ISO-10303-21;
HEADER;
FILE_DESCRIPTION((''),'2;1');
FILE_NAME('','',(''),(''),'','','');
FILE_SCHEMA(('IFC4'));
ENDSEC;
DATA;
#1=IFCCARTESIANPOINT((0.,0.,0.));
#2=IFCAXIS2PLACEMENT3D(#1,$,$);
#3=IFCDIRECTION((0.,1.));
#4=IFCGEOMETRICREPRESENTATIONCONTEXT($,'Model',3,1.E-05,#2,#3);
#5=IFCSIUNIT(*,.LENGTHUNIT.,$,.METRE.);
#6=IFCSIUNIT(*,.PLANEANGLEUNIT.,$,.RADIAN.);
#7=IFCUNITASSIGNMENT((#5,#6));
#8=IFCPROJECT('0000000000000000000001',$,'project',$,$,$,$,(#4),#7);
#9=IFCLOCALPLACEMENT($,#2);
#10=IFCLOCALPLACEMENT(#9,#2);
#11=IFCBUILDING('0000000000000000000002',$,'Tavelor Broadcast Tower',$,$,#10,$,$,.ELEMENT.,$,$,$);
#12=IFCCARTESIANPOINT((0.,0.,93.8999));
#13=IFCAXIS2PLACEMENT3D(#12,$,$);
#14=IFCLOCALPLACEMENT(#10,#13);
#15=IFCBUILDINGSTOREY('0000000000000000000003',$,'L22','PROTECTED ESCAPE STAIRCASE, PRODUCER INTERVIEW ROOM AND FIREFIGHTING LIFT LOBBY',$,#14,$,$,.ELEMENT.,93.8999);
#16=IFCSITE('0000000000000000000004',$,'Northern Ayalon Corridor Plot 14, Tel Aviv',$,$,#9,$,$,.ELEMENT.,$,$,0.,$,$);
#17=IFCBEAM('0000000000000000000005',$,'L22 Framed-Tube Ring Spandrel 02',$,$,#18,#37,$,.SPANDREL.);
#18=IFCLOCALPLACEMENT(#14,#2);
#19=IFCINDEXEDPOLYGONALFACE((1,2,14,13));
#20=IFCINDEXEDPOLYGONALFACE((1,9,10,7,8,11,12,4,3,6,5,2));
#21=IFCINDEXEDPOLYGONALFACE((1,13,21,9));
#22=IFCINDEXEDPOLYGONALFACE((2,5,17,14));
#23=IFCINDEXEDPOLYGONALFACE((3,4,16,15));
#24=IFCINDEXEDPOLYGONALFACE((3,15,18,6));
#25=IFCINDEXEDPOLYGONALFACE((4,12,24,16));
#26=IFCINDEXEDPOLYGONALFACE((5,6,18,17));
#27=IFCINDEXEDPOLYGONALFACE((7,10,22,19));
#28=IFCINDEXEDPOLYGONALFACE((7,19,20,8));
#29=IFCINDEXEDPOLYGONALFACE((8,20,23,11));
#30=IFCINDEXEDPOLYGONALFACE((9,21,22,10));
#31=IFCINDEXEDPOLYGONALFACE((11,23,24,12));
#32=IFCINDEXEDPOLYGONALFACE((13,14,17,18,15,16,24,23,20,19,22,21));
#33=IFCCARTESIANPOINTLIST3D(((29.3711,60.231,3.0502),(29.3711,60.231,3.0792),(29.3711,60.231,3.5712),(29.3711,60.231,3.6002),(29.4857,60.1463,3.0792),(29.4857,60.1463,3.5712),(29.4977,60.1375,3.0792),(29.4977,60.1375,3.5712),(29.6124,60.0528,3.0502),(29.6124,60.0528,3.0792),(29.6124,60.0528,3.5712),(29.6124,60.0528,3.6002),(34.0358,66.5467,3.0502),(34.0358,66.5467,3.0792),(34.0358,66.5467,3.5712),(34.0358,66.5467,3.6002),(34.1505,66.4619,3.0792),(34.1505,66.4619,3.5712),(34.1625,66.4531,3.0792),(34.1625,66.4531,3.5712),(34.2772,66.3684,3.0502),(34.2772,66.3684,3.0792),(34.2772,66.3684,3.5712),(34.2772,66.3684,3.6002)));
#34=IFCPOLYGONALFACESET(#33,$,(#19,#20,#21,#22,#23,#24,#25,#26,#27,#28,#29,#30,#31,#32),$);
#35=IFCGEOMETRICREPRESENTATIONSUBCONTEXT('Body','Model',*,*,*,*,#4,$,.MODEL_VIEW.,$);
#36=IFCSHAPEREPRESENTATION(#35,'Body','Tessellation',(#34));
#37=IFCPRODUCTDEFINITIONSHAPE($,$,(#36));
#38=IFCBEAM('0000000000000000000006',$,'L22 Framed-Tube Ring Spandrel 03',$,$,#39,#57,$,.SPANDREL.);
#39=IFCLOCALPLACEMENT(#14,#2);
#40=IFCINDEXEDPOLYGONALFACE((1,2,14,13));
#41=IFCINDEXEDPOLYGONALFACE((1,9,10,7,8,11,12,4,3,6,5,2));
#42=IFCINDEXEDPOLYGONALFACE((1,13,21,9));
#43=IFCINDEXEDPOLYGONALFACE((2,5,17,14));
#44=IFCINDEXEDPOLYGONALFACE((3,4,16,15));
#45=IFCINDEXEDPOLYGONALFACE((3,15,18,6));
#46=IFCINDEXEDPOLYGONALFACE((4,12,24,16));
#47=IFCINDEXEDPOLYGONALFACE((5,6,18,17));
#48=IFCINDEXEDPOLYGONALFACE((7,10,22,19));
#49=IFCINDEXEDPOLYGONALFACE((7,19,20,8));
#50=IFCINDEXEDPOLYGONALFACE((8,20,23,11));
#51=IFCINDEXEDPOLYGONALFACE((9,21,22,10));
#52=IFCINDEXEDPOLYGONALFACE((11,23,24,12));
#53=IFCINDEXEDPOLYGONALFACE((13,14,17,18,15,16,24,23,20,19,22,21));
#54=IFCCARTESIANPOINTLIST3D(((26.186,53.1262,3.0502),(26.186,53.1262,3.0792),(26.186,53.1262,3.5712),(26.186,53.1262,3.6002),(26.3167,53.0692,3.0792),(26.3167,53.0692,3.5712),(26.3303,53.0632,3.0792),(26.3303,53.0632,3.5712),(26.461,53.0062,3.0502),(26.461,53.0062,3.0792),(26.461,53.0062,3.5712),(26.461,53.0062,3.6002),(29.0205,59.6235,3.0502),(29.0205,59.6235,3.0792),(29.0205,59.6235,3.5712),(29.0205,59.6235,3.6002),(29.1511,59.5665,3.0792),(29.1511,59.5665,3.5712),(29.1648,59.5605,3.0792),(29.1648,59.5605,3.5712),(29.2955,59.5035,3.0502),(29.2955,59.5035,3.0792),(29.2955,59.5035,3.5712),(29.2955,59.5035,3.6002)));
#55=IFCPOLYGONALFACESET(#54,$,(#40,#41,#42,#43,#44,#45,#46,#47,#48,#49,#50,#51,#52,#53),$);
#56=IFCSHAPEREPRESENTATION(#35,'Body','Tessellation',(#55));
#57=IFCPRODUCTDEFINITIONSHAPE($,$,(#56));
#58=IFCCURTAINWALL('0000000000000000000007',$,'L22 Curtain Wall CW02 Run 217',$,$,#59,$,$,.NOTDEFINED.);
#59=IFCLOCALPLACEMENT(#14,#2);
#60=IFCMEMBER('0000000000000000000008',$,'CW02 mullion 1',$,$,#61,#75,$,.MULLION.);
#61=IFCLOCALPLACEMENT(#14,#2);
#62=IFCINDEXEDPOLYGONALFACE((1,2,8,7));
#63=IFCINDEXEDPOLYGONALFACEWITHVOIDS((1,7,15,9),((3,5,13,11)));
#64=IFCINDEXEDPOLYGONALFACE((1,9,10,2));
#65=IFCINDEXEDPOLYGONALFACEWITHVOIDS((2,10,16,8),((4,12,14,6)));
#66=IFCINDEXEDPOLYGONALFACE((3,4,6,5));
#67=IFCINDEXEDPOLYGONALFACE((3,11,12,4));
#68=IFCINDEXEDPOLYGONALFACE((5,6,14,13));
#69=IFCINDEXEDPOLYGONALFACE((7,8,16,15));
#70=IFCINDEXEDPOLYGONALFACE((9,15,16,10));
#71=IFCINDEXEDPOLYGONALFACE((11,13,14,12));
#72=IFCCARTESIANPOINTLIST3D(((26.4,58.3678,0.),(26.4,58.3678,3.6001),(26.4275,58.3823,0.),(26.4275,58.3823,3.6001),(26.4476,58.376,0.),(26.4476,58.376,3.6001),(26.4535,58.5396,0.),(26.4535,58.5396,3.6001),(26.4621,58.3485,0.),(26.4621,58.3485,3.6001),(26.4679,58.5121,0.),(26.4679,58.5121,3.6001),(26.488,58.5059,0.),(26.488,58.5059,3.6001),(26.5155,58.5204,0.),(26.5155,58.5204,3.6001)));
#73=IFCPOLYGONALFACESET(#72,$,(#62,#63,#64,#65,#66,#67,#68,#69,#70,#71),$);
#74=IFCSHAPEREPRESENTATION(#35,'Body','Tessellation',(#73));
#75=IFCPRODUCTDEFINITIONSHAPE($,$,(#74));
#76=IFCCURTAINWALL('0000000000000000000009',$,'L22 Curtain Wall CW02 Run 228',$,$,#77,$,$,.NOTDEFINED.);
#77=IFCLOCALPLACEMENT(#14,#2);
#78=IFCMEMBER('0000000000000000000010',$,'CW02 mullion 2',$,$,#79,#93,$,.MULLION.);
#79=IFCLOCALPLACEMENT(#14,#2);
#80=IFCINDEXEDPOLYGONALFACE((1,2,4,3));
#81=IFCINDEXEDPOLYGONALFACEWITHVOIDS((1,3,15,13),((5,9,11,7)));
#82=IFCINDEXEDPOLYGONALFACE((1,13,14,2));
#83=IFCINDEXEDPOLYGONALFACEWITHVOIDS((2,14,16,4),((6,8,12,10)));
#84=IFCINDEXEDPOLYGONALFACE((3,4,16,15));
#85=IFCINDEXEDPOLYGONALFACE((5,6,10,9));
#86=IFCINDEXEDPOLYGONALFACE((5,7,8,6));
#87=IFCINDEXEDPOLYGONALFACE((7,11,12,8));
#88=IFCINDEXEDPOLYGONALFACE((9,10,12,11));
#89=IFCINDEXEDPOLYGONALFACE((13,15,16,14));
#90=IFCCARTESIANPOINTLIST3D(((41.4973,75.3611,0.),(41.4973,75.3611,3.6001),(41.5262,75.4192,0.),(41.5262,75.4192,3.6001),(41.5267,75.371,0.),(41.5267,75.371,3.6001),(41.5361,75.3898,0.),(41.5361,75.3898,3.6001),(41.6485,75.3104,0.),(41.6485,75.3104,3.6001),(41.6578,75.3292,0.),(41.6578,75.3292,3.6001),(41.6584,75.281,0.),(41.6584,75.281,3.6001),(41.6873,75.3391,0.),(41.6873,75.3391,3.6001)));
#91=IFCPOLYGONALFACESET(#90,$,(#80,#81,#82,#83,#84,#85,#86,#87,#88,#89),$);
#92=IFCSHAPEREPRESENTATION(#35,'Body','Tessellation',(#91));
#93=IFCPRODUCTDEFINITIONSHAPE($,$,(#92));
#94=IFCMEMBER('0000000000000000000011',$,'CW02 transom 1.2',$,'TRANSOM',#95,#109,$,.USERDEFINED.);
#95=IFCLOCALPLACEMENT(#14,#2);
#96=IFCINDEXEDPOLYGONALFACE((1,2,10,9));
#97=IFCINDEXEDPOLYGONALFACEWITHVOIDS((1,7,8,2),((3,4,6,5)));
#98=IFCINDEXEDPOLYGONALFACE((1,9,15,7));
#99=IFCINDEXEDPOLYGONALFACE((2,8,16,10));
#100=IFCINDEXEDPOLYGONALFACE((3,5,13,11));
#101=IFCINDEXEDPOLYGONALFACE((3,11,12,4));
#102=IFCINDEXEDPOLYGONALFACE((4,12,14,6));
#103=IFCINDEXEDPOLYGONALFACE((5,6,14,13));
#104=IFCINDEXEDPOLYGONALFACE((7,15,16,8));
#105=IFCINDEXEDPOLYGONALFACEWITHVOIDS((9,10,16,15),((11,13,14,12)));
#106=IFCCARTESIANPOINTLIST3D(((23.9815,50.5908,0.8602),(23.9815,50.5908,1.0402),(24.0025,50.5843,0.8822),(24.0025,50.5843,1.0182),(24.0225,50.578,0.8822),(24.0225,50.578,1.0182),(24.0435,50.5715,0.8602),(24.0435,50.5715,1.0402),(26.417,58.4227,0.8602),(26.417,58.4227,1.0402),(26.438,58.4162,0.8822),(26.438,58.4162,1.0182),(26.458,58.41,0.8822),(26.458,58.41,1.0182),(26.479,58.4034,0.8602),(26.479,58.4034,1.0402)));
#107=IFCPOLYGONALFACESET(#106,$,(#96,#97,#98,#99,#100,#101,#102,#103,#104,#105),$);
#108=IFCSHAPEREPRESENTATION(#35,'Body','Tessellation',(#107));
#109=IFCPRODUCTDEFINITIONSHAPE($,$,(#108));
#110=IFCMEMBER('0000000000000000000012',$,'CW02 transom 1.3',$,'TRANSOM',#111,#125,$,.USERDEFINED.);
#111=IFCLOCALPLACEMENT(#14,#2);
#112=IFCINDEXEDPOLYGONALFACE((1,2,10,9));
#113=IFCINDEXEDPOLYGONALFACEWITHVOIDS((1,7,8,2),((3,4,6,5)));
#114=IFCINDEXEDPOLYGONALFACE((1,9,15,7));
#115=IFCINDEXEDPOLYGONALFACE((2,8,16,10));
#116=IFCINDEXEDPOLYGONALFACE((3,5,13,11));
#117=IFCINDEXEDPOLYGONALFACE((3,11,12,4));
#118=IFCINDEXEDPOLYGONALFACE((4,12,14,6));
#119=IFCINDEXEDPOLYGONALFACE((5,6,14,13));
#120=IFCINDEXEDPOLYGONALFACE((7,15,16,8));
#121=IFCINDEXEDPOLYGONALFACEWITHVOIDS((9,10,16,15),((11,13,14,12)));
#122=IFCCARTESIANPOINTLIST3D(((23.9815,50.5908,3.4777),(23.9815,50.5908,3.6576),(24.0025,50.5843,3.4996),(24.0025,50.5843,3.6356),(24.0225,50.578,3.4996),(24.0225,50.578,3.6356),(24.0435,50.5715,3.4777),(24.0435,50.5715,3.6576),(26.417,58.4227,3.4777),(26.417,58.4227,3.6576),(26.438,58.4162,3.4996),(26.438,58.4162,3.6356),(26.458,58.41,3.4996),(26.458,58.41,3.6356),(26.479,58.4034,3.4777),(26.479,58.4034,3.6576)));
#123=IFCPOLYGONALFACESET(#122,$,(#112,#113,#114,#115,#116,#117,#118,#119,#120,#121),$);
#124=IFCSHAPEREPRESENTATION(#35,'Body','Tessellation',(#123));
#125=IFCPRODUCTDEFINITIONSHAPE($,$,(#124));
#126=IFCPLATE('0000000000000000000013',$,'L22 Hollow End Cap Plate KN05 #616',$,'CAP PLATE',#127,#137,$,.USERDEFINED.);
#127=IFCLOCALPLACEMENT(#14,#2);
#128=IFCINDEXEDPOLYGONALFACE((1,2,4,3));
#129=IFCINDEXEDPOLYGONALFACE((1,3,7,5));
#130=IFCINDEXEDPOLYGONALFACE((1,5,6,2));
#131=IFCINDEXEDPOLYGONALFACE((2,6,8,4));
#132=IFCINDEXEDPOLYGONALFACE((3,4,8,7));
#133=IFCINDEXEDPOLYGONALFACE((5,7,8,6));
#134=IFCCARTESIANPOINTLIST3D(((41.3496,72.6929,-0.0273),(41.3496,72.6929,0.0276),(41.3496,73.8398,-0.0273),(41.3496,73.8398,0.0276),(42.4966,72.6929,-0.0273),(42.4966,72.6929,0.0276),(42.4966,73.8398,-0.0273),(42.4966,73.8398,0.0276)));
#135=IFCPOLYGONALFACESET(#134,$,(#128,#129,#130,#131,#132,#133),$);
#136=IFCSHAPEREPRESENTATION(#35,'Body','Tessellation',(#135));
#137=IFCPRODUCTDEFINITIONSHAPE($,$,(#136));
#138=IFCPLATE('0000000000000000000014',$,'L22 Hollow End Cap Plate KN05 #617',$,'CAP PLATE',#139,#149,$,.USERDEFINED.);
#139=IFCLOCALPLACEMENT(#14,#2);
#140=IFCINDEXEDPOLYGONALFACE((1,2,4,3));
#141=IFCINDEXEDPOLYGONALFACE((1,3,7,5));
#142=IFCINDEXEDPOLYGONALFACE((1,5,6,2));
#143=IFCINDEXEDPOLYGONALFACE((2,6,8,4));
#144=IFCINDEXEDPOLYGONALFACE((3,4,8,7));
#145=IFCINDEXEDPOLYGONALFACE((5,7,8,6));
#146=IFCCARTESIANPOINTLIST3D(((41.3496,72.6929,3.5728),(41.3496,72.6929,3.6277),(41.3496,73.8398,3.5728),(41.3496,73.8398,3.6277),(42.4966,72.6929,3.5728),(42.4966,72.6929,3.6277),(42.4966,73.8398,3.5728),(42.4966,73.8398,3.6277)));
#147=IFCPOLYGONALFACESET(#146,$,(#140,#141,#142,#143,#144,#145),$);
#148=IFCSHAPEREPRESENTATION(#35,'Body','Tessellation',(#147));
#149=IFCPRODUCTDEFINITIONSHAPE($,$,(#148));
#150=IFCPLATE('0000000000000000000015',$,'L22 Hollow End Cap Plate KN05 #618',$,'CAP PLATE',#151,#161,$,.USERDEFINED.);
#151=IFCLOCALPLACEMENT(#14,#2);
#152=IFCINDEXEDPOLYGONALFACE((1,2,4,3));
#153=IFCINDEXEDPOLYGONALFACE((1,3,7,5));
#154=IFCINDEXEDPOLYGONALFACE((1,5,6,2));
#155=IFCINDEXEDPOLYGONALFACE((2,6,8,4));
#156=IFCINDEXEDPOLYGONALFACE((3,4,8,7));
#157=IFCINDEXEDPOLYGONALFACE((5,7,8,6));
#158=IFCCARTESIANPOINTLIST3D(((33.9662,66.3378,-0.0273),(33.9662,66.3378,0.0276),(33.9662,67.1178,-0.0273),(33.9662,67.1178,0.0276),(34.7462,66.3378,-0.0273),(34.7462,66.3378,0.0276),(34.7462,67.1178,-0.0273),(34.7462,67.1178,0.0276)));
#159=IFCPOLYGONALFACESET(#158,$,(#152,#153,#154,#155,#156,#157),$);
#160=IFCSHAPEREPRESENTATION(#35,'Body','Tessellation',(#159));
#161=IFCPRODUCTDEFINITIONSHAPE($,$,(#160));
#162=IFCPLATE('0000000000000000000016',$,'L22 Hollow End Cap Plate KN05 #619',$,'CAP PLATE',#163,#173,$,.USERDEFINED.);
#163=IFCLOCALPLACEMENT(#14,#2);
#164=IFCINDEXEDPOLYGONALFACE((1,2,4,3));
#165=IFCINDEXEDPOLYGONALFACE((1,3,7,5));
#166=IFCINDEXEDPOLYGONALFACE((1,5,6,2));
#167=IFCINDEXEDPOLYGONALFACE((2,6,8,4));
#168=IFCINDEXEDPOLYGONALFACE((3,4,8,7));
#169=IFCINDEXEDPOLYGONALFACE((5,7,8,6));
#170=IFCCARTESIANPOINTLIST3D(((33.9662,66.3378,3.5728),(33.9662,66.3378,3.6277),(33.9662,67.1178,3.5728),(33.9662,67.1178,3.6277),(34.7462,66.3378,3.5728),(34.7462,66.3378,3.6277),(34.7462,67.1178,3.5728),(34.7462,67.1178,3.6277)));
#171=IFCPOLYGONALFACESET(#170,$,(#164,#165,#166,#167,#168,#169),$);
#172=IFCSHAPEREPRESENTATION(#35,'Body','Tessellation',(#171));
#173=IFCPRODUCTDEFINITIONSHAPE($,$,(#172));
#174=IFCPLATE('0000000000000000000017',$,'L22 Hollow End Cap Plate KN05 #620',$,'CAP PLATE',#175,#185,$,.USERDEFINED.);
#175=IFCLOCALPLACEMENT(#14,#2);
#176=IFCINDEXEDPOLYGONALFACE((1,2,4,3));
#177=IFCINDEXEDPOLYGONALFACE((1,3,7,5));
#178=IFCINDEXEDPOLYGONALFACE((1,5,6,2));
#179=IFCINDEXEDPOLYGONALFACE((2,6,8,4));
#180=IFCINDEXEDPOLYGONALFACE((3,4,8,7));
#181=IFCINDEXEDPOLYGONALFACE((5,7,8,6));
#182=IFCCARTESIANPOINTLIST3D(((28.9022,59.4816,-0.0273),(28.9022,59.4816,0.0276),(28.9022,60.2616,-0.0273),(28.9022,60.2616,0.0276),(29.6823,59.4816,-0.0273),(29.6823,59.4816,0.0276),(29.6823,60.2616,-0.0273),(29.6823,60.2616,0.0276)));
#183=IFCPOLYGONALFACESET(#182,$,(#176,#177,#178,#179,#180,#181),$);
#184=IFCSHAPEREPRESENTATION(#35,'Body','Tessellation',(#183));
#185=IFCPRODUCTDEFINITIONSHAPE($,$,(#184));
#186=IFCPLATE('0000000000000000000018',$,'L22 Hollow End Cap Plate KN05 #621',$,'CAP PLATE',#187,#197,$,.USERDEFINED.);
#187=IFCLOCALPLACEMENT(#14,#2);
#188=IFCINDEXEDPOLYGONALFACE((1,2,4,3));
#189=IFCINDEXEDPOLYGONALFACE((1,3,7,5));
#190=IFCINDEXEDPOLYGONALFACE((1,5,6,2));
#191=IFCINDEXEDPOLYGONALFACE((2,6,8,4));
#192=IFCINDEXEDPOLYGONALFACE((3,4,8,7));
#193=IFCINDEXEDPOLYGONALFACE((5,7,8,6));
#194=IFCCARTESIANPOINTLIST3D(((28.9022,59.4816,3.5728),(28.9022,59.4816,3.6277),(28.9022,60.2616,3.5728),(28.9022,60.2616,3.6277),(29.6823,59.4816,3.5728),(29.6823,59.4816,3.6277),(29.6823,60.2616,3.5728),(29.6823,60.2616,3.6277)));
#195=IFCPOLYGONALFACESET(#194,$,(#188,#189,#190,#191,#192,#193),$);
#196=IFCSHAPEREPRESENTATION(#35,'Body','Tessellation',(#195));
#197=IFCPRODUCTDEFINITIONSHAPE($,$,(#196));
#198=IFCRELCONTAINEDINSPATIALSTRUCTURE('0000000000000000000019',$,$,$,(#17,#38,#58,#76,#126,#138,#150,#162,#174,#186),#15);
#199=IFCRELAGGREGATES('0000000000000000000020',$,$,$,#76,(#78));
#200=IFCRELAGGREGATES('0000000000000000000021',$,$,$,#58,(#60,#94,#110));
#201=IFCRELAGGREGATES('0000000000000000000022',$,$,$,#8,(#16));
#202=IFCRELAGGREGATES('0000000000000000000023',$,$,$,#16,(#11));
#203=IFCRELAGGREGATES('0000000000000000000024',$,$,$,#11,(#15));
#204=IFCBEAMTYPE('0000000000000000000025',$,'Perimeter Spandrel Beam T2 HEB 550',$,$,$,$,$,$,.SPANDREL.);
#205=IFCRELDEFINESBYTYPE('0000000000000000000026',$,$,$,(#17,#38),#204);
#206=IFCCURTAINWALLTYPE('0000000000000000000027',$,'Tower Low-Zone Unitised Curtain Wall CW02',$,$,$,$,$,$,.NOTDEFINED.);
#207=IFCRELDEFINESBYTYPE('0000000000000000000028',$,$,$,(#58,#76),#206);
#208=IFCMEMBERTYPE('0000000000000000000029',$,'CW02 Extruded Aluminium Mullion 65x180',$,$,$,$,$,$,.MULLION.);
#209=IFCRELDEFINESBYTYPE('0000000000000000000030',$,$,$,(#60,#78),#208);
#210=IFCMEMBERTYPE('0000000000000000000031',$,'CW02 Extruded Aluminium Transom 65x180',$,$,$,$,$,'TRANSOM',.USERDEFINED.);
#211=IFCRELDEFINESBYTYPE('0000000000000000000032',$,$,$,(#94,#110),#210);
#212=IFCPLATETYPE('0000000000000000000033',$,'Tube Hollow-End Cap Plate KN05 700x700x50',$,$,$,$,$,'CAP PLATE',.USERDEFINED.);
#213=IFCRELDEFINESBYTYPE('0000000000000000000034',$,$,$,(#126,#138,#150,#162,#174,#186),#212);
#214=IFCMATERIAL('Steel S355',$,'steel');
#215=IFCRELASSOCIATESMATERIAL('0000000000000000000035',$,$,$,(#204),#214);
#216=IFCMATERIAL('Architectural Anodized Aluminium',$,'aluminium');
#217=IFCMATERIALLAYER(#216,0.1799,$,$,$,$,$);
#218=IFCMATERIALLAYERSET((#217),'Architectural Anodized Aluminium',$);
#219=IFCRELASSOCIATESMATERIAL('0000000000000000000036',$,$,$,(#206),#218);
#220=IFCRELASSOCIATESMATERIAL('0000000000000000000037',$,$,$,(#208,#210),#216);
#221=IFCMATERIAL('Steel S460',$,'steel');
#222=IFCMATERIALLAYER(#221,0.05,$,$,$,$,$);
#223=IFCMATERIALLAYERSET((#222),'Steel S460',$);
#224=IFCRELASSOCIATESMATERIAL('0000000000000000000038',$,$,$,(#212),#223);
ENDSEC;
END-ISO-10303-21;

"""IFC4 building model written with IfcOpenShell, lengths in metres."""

from ifc_helpers import new_model, si_unit, direction, frame, origin, origin_2d, place, context, subcontext, project, spatial, rectangle, hollow_rectangle, i_section, extrude, source, transform, mapped, material, layer, layer_set, material_profile, profile_set, type_object, type_shapes, element, aggregate, save


model = new_model("IFC4")

# Units and contexts
model_context = context("Model", 3, precision=1e-05, world=origin(), true_north=direction((0.0, 1.0)))
body_context = subcontext(model_context, "Body", "Model", "MODEL_VIEW")
ifc_project = project(units=[si_unit("LENGTHUNIT", "METRE"), si_unit("PLANEANGLEUNIT", "RADIAN")], contexts=[model_context])

# Site, building, storey
site_placement = place(None, origin())
site = spatial("IfcSite", under=ifc_project, at=site_placement, Name="Northern Ayalon Corridor Plot 14, Tel Aviv", CompositionType="ELEMENT", RefElevation=0.0)
building_placement = place(site_placement, origin())
building = spatial("IfcBuilding", under=site, at=building_placement, Name="Tavelor Broadcast Tower", CompositionType="ELEMENT")
storey_placement = place(building_placement, frame((0.0, 0.0, 93.8999)))
storey = spatial("IfcBuildingStorey", under=building, at=storey_placement, Name="L22", Description="PROTECTED ESCAPE STAIRCASE, PRODUCER INTERVIEW ROOM AND FIREFIGHTING LIFT LOBBY", CompositionType="ELEMENT", Elevation=93.8999)

# Shared definitions
ifc_material_1 = material(Name="Steel S460", Category="steel")

# Beams
ifc_material_2 = material(Name="Steel S355", Category="steel")
ifc_material_profile_1 = material_profile(ifc_material_2, i_section(OverallWidth=0.3, OverallDepth=0.55, WebThickness=0.0149, FlangeThickness=0.0291, at=origin_2d()), Name="HEB 550")
ifc_profile_set_1 = profile_set([ifc_material_profile_1], Name="Steel S355")
beam_type_1 = type_object("IfcBeamType", Name="Perimeter Spandrel Beam T2 HEB 550", PredefinedType="SPANDREL", material=ifc_profile_set_1)
beam_1_placement = place(storey_placement, frame((34.1565, 66.4575, 3.3252), z_axis=(-0.594118, -0.804378, 0.0), x_axis=(0.804378, -0.594118, 0.0)))
element("IfcBeam", 1, at=beam_1_placement, inside=storey, type_object=beam_type_1, Name="L22 Framed-Tube Ring Spandrel 02", PredefinedType="SPANDREL", context=body_context, shape_type="SweptSolid", body=[
    extrude(i_section(OverallWidth=0.3, OverallDepth=0.55, WebThickness=0.0149, FlangeThickness=0.0291, at=origin_2d()), origin(), (0.0, 0.0, 1.0), 7.8516),
])
beam_2_placement = place(storey_placement, frame((29.158, 59.5635, 3.3252), z_axis=(-0.399859, -0.916577, 0.0), x_axis=(0.916577, -0.399859, 0.0)))
element("IfcBeam", 2, at=beam_2_placement, inside=storey, type_object=beam_type_1, Name="L22 Framed-Tube Ring Spandrel 03", PredefinedType="SPANDREL", context=body_context, shape_type="SweptSolid", body=[
    extrude(i_section(OverallWidth=0.3, OverallDepth=0.55, WebThickness=0.0149, FlangeThickness=0.0291, at=origin_2d()), origin(), (0.0, 0.0, 1.0), 7.0886),
])

# Curtain walls, members
ifc_material_3 = material(Name="Architectural Anodized Aluminium", Category="aluminium")
ifc_layer_1 = layer(ifc_material_3, 0.1799)
ifc_layer_set_1 = layer_set([ifc_layer_1], Name="Architectural Anodized Aluminium")
curtain_wall_type = type_object("IfcCurtainWallType", Name="Tower Low-Zone Unitised Curtain Wall CW02", PredefinedType="NOTDEFINED", material=ifc_layer_set_1)
curtain_wall_1_placement = place(storey_placement, origin())
curtain_wall_1 = element("IfcCurtainWall", 3, at=curtain_wall_1_placement, inside=storey, type_object=curtain_wall_type, Name="L22 Curtain Wall CW02 Run 217", PredefinedType="NOTDEFINED")
ifc_material_profile_2 = material_profile(ifc_material_3, hollow_rectangle(XDim=0.0649, YDim=0.1799, WallThickness=0.022, at=origin_2d()), Name="RHS 65x180x22")
ifc_profile_set_2 = profile_set([ifc_material_profile_2], Name="Architectural Anodized Aluminium")
member_type_1 = type_object("IfcMemberType", Name="CW02 Extruded Aluminium Mullion 65x180", PredefinedType="MULLION", material=ifc_profile_set_2)
shared_shape_1 = source(origin(), body_context, "Body", "SweptSolid", [
    extrude(hollow_rectangle(XDim=0.0649, YDim=0.1799, WallThickness=0.022, at=origin_2d()), origin(), (0.0, 0.0, 1.0), 3.6001),
])
type_shapes(member_type_1, [shared_shape_1])
member_1_placement = place(storey_placement, frame((26.4578, 58.4441, 0.0), z_axis=(0.0, 0.0, 1.0), x_axis=(0.954892, -0.296954, 0.0)))
member_1 = element("IfcMember", 4, at=member_1_placement, type_object=member_type_1, Name="CW02 mullion 1", PredefinedType="MULLION", context=body_context, shape_type="MappedRepresentation", body=[
    mapped(shared_shape_1, transform((0.0, 0.0, 0.0), scale=1.0)),
])
curtain_wall_2_placement = place(storey_placement, origin())
curtain_wall_2 = element("IfcCurtainWall", 5, at=curtain_wall_2_placement, inside=storey, type_object=curtain_wall_type, Name="L22 Curtain Wall CW02 Run 228", PredefinedType="NOTDEFINED")
member_2_placement = place(storey_placement, frame((41.5923, 75.3501, 0.0), z_axis=(0.0, 0.0, 1.0), x_axis=(-0.445009, -0.895526, 0.0)))
member_2 = element("IfcMember", 6, at=member_2_placement, type_object=member_type_1, Name="CW02 mullion 2", PredefinedType="MULLION", context=body_context, shape_type="MappedRepresentation", body=[
    mapped(shared_shape_1, transform((0.0, 0.0, 0.0), scale=1.0)),
])
aggregate(curtain_wall_2, [member_2])

# Members
ifc_material_profile_3 = material_profile(ifc_material_3, hollow_rectangle(XDim=0.0649, YDim=0.1799, WallThickness=0.022, at=origin_2d()), Name="RHS 65x180x22")
ifc_profile_set_3 = profile_set([ifc_material_profile_3], Name="Architectural Anodized Aluminium")
member_type_2 = type_object("IfcMemberType", Name="CW02 Extruded Aluminium Transom 65x180", ElementType="TRANSOM", PredefinedType="USERDEFINED", material=ifc_profile_set_3)
shared_shape_2 = source(origin(), body_context, "Body", "SweptSolid", [
    extrude(hollow_rectangle(XDim=0.0649, YDim=0.1799, WallThickness=0.022, at=origin_2d()), origin(), (0.0, 0.0, 1.0), 8.2019),
])
type_shapes(member_type_2, [shared_shape_2])
member_3_placement = place(storey_placement, frame((26.448, 58.4131, 0.9502), z_axis=(-0.296946, -0.954894, 0.0), x_axis=(0.954894, -0.296946, 0.0)))
member_3 = element("IfcMember", 7, at=member_3_placement, type_object=member_type_2, Name="CW02 transom 1.2", ObjectType="TRANSOM", PredefinedType="USERDEFINED", context=body_context, shape_type="MappedRepresentation", body=[
    mapped(shared_shape_2, transform((0.0, 0.0, 0.0), scale=1.0)),
])
member_4_placement = place(storey_placement, frame((26.448, 58.4131, 3.5676), z_axis=(-0.296946, -0.954894, 0.0), x_axis=(0.954894, -0.296946, 0.0)))
member_4 = element("IfcMember", 8, at=member_4_placement, type_object=member_type_2, Name="CW02 transom 1.3", ObjectType="TRANSOM", PredefinedType="USERDEFINED", context=body_context, shape_type="MappedRepresentation", body=[
    mapped(shared_shape_2, transform((0.0, 0.0, 0.0), scale=1.0)),
])
aggregate(curtain_wall_1, [member_1, member_3, member_4])

# Plates
ifc_layer_2 = layer(ifc_material_1, 0.05)
ifc_layer_set_2 = layer_set([ifc_layer_2], Name="Steel S460")
plate_type = type_object("IfcPlateType", Name="Tube Hollow-End Cap Plate KN05 700x700x50", ElementType="CAP PLATE", PredefinedType="USERDEFINED", material=ifc_layer_set_2)
shared_shape_3 = source(origin(), body_context, "Body", "SweptSolid", [
    extrude(rectangle(XDim=1.147, YDim=1.147, at=origin_2d()), origin(), (0.0, 0.0, 1.0), 0.0549),
])
for number, where, z_axis, x_axis, name in (
    (9, (41.9231, 73.2664, -0.0273), (0.0, 0.0, 1.0), (1.0, 0.0, 0.0), "L22 Hollow End Cap Plate KN05 #616"),
    (10, (41.9231, 73.2664, 3.5728), (0.0, 0.0, 1.0), (1.0, 0.0, 0.0), "L22 Hollow End Cap Plate KN05 #617"),
):
    element("IfcPlate", number, at=place(storey_placement, frame(where, z_axis=z_axis, x_axis=x_axis)), inside=storey, type_object=plate_type, Name=name, ObjectType="CAP PLATE", PredefinedType="USERDEFINED", context=body_context, shape_type="MappedRepresentation", body=[
        mapped(shared_shape_3, transform((0.0, 0.0, 0.0), scale=1.0)),
    ])
shared_shape_4 = source(origin(), body_context, "Body", "SweptSolid", [
    extrude(rectangle(XDim=0.78, YDim=0.78, at=origin_2d()), origin(), (0.0, 0.0, 1.0), 0.0549),
])
type_shapes(plate_type, [shared_shape_3, shared_shape_4])
for number, where, z_axis, x_axis, name in (
    (11, (34.3562, 66.7278, -0.0273), (0.0, 0.0, 1.0), (1.0, 0.0, 0.0), "L22 Hollow End Cap Plate KN05 #618"),
    (12, (34.3562, 66.7278, 3.5728), (0.0, 0.0, 1.0), (1.0, 0.0, 0.0), "L22 Hollow End Cap Plate KN05 #619"),
    (13, (29.2922, 59.8716, -0.0273), (0.0, 0.0, 1.0), (1.0, 0.0, 0.0), "L22 Hollow End Cap Plate KN05 #620"),
    (14, (29.2922, 59.8716, 3.5728), (0.0, 0.0, 1.0), (1.0, 0.0, 0.0), "L22 Hollow End Cap Plate KN05 #621"),
):
    element("IfcPlate", number, at=place(storey_placement, frame(where, z_axis=z_axis, x_axis=x_axis)), inside=storey, type_object=plate_type, Name=name, ObjectType="CAP PLATE", PredefinedType="USERDEFINED", context=body_context, shape_type="MappedRepresentation", body=[
        mapped(shared_shape_4, transform((0.0, 0.0, 0.0), scale=1.0)),
    ])

save(model, "model.ifc")
